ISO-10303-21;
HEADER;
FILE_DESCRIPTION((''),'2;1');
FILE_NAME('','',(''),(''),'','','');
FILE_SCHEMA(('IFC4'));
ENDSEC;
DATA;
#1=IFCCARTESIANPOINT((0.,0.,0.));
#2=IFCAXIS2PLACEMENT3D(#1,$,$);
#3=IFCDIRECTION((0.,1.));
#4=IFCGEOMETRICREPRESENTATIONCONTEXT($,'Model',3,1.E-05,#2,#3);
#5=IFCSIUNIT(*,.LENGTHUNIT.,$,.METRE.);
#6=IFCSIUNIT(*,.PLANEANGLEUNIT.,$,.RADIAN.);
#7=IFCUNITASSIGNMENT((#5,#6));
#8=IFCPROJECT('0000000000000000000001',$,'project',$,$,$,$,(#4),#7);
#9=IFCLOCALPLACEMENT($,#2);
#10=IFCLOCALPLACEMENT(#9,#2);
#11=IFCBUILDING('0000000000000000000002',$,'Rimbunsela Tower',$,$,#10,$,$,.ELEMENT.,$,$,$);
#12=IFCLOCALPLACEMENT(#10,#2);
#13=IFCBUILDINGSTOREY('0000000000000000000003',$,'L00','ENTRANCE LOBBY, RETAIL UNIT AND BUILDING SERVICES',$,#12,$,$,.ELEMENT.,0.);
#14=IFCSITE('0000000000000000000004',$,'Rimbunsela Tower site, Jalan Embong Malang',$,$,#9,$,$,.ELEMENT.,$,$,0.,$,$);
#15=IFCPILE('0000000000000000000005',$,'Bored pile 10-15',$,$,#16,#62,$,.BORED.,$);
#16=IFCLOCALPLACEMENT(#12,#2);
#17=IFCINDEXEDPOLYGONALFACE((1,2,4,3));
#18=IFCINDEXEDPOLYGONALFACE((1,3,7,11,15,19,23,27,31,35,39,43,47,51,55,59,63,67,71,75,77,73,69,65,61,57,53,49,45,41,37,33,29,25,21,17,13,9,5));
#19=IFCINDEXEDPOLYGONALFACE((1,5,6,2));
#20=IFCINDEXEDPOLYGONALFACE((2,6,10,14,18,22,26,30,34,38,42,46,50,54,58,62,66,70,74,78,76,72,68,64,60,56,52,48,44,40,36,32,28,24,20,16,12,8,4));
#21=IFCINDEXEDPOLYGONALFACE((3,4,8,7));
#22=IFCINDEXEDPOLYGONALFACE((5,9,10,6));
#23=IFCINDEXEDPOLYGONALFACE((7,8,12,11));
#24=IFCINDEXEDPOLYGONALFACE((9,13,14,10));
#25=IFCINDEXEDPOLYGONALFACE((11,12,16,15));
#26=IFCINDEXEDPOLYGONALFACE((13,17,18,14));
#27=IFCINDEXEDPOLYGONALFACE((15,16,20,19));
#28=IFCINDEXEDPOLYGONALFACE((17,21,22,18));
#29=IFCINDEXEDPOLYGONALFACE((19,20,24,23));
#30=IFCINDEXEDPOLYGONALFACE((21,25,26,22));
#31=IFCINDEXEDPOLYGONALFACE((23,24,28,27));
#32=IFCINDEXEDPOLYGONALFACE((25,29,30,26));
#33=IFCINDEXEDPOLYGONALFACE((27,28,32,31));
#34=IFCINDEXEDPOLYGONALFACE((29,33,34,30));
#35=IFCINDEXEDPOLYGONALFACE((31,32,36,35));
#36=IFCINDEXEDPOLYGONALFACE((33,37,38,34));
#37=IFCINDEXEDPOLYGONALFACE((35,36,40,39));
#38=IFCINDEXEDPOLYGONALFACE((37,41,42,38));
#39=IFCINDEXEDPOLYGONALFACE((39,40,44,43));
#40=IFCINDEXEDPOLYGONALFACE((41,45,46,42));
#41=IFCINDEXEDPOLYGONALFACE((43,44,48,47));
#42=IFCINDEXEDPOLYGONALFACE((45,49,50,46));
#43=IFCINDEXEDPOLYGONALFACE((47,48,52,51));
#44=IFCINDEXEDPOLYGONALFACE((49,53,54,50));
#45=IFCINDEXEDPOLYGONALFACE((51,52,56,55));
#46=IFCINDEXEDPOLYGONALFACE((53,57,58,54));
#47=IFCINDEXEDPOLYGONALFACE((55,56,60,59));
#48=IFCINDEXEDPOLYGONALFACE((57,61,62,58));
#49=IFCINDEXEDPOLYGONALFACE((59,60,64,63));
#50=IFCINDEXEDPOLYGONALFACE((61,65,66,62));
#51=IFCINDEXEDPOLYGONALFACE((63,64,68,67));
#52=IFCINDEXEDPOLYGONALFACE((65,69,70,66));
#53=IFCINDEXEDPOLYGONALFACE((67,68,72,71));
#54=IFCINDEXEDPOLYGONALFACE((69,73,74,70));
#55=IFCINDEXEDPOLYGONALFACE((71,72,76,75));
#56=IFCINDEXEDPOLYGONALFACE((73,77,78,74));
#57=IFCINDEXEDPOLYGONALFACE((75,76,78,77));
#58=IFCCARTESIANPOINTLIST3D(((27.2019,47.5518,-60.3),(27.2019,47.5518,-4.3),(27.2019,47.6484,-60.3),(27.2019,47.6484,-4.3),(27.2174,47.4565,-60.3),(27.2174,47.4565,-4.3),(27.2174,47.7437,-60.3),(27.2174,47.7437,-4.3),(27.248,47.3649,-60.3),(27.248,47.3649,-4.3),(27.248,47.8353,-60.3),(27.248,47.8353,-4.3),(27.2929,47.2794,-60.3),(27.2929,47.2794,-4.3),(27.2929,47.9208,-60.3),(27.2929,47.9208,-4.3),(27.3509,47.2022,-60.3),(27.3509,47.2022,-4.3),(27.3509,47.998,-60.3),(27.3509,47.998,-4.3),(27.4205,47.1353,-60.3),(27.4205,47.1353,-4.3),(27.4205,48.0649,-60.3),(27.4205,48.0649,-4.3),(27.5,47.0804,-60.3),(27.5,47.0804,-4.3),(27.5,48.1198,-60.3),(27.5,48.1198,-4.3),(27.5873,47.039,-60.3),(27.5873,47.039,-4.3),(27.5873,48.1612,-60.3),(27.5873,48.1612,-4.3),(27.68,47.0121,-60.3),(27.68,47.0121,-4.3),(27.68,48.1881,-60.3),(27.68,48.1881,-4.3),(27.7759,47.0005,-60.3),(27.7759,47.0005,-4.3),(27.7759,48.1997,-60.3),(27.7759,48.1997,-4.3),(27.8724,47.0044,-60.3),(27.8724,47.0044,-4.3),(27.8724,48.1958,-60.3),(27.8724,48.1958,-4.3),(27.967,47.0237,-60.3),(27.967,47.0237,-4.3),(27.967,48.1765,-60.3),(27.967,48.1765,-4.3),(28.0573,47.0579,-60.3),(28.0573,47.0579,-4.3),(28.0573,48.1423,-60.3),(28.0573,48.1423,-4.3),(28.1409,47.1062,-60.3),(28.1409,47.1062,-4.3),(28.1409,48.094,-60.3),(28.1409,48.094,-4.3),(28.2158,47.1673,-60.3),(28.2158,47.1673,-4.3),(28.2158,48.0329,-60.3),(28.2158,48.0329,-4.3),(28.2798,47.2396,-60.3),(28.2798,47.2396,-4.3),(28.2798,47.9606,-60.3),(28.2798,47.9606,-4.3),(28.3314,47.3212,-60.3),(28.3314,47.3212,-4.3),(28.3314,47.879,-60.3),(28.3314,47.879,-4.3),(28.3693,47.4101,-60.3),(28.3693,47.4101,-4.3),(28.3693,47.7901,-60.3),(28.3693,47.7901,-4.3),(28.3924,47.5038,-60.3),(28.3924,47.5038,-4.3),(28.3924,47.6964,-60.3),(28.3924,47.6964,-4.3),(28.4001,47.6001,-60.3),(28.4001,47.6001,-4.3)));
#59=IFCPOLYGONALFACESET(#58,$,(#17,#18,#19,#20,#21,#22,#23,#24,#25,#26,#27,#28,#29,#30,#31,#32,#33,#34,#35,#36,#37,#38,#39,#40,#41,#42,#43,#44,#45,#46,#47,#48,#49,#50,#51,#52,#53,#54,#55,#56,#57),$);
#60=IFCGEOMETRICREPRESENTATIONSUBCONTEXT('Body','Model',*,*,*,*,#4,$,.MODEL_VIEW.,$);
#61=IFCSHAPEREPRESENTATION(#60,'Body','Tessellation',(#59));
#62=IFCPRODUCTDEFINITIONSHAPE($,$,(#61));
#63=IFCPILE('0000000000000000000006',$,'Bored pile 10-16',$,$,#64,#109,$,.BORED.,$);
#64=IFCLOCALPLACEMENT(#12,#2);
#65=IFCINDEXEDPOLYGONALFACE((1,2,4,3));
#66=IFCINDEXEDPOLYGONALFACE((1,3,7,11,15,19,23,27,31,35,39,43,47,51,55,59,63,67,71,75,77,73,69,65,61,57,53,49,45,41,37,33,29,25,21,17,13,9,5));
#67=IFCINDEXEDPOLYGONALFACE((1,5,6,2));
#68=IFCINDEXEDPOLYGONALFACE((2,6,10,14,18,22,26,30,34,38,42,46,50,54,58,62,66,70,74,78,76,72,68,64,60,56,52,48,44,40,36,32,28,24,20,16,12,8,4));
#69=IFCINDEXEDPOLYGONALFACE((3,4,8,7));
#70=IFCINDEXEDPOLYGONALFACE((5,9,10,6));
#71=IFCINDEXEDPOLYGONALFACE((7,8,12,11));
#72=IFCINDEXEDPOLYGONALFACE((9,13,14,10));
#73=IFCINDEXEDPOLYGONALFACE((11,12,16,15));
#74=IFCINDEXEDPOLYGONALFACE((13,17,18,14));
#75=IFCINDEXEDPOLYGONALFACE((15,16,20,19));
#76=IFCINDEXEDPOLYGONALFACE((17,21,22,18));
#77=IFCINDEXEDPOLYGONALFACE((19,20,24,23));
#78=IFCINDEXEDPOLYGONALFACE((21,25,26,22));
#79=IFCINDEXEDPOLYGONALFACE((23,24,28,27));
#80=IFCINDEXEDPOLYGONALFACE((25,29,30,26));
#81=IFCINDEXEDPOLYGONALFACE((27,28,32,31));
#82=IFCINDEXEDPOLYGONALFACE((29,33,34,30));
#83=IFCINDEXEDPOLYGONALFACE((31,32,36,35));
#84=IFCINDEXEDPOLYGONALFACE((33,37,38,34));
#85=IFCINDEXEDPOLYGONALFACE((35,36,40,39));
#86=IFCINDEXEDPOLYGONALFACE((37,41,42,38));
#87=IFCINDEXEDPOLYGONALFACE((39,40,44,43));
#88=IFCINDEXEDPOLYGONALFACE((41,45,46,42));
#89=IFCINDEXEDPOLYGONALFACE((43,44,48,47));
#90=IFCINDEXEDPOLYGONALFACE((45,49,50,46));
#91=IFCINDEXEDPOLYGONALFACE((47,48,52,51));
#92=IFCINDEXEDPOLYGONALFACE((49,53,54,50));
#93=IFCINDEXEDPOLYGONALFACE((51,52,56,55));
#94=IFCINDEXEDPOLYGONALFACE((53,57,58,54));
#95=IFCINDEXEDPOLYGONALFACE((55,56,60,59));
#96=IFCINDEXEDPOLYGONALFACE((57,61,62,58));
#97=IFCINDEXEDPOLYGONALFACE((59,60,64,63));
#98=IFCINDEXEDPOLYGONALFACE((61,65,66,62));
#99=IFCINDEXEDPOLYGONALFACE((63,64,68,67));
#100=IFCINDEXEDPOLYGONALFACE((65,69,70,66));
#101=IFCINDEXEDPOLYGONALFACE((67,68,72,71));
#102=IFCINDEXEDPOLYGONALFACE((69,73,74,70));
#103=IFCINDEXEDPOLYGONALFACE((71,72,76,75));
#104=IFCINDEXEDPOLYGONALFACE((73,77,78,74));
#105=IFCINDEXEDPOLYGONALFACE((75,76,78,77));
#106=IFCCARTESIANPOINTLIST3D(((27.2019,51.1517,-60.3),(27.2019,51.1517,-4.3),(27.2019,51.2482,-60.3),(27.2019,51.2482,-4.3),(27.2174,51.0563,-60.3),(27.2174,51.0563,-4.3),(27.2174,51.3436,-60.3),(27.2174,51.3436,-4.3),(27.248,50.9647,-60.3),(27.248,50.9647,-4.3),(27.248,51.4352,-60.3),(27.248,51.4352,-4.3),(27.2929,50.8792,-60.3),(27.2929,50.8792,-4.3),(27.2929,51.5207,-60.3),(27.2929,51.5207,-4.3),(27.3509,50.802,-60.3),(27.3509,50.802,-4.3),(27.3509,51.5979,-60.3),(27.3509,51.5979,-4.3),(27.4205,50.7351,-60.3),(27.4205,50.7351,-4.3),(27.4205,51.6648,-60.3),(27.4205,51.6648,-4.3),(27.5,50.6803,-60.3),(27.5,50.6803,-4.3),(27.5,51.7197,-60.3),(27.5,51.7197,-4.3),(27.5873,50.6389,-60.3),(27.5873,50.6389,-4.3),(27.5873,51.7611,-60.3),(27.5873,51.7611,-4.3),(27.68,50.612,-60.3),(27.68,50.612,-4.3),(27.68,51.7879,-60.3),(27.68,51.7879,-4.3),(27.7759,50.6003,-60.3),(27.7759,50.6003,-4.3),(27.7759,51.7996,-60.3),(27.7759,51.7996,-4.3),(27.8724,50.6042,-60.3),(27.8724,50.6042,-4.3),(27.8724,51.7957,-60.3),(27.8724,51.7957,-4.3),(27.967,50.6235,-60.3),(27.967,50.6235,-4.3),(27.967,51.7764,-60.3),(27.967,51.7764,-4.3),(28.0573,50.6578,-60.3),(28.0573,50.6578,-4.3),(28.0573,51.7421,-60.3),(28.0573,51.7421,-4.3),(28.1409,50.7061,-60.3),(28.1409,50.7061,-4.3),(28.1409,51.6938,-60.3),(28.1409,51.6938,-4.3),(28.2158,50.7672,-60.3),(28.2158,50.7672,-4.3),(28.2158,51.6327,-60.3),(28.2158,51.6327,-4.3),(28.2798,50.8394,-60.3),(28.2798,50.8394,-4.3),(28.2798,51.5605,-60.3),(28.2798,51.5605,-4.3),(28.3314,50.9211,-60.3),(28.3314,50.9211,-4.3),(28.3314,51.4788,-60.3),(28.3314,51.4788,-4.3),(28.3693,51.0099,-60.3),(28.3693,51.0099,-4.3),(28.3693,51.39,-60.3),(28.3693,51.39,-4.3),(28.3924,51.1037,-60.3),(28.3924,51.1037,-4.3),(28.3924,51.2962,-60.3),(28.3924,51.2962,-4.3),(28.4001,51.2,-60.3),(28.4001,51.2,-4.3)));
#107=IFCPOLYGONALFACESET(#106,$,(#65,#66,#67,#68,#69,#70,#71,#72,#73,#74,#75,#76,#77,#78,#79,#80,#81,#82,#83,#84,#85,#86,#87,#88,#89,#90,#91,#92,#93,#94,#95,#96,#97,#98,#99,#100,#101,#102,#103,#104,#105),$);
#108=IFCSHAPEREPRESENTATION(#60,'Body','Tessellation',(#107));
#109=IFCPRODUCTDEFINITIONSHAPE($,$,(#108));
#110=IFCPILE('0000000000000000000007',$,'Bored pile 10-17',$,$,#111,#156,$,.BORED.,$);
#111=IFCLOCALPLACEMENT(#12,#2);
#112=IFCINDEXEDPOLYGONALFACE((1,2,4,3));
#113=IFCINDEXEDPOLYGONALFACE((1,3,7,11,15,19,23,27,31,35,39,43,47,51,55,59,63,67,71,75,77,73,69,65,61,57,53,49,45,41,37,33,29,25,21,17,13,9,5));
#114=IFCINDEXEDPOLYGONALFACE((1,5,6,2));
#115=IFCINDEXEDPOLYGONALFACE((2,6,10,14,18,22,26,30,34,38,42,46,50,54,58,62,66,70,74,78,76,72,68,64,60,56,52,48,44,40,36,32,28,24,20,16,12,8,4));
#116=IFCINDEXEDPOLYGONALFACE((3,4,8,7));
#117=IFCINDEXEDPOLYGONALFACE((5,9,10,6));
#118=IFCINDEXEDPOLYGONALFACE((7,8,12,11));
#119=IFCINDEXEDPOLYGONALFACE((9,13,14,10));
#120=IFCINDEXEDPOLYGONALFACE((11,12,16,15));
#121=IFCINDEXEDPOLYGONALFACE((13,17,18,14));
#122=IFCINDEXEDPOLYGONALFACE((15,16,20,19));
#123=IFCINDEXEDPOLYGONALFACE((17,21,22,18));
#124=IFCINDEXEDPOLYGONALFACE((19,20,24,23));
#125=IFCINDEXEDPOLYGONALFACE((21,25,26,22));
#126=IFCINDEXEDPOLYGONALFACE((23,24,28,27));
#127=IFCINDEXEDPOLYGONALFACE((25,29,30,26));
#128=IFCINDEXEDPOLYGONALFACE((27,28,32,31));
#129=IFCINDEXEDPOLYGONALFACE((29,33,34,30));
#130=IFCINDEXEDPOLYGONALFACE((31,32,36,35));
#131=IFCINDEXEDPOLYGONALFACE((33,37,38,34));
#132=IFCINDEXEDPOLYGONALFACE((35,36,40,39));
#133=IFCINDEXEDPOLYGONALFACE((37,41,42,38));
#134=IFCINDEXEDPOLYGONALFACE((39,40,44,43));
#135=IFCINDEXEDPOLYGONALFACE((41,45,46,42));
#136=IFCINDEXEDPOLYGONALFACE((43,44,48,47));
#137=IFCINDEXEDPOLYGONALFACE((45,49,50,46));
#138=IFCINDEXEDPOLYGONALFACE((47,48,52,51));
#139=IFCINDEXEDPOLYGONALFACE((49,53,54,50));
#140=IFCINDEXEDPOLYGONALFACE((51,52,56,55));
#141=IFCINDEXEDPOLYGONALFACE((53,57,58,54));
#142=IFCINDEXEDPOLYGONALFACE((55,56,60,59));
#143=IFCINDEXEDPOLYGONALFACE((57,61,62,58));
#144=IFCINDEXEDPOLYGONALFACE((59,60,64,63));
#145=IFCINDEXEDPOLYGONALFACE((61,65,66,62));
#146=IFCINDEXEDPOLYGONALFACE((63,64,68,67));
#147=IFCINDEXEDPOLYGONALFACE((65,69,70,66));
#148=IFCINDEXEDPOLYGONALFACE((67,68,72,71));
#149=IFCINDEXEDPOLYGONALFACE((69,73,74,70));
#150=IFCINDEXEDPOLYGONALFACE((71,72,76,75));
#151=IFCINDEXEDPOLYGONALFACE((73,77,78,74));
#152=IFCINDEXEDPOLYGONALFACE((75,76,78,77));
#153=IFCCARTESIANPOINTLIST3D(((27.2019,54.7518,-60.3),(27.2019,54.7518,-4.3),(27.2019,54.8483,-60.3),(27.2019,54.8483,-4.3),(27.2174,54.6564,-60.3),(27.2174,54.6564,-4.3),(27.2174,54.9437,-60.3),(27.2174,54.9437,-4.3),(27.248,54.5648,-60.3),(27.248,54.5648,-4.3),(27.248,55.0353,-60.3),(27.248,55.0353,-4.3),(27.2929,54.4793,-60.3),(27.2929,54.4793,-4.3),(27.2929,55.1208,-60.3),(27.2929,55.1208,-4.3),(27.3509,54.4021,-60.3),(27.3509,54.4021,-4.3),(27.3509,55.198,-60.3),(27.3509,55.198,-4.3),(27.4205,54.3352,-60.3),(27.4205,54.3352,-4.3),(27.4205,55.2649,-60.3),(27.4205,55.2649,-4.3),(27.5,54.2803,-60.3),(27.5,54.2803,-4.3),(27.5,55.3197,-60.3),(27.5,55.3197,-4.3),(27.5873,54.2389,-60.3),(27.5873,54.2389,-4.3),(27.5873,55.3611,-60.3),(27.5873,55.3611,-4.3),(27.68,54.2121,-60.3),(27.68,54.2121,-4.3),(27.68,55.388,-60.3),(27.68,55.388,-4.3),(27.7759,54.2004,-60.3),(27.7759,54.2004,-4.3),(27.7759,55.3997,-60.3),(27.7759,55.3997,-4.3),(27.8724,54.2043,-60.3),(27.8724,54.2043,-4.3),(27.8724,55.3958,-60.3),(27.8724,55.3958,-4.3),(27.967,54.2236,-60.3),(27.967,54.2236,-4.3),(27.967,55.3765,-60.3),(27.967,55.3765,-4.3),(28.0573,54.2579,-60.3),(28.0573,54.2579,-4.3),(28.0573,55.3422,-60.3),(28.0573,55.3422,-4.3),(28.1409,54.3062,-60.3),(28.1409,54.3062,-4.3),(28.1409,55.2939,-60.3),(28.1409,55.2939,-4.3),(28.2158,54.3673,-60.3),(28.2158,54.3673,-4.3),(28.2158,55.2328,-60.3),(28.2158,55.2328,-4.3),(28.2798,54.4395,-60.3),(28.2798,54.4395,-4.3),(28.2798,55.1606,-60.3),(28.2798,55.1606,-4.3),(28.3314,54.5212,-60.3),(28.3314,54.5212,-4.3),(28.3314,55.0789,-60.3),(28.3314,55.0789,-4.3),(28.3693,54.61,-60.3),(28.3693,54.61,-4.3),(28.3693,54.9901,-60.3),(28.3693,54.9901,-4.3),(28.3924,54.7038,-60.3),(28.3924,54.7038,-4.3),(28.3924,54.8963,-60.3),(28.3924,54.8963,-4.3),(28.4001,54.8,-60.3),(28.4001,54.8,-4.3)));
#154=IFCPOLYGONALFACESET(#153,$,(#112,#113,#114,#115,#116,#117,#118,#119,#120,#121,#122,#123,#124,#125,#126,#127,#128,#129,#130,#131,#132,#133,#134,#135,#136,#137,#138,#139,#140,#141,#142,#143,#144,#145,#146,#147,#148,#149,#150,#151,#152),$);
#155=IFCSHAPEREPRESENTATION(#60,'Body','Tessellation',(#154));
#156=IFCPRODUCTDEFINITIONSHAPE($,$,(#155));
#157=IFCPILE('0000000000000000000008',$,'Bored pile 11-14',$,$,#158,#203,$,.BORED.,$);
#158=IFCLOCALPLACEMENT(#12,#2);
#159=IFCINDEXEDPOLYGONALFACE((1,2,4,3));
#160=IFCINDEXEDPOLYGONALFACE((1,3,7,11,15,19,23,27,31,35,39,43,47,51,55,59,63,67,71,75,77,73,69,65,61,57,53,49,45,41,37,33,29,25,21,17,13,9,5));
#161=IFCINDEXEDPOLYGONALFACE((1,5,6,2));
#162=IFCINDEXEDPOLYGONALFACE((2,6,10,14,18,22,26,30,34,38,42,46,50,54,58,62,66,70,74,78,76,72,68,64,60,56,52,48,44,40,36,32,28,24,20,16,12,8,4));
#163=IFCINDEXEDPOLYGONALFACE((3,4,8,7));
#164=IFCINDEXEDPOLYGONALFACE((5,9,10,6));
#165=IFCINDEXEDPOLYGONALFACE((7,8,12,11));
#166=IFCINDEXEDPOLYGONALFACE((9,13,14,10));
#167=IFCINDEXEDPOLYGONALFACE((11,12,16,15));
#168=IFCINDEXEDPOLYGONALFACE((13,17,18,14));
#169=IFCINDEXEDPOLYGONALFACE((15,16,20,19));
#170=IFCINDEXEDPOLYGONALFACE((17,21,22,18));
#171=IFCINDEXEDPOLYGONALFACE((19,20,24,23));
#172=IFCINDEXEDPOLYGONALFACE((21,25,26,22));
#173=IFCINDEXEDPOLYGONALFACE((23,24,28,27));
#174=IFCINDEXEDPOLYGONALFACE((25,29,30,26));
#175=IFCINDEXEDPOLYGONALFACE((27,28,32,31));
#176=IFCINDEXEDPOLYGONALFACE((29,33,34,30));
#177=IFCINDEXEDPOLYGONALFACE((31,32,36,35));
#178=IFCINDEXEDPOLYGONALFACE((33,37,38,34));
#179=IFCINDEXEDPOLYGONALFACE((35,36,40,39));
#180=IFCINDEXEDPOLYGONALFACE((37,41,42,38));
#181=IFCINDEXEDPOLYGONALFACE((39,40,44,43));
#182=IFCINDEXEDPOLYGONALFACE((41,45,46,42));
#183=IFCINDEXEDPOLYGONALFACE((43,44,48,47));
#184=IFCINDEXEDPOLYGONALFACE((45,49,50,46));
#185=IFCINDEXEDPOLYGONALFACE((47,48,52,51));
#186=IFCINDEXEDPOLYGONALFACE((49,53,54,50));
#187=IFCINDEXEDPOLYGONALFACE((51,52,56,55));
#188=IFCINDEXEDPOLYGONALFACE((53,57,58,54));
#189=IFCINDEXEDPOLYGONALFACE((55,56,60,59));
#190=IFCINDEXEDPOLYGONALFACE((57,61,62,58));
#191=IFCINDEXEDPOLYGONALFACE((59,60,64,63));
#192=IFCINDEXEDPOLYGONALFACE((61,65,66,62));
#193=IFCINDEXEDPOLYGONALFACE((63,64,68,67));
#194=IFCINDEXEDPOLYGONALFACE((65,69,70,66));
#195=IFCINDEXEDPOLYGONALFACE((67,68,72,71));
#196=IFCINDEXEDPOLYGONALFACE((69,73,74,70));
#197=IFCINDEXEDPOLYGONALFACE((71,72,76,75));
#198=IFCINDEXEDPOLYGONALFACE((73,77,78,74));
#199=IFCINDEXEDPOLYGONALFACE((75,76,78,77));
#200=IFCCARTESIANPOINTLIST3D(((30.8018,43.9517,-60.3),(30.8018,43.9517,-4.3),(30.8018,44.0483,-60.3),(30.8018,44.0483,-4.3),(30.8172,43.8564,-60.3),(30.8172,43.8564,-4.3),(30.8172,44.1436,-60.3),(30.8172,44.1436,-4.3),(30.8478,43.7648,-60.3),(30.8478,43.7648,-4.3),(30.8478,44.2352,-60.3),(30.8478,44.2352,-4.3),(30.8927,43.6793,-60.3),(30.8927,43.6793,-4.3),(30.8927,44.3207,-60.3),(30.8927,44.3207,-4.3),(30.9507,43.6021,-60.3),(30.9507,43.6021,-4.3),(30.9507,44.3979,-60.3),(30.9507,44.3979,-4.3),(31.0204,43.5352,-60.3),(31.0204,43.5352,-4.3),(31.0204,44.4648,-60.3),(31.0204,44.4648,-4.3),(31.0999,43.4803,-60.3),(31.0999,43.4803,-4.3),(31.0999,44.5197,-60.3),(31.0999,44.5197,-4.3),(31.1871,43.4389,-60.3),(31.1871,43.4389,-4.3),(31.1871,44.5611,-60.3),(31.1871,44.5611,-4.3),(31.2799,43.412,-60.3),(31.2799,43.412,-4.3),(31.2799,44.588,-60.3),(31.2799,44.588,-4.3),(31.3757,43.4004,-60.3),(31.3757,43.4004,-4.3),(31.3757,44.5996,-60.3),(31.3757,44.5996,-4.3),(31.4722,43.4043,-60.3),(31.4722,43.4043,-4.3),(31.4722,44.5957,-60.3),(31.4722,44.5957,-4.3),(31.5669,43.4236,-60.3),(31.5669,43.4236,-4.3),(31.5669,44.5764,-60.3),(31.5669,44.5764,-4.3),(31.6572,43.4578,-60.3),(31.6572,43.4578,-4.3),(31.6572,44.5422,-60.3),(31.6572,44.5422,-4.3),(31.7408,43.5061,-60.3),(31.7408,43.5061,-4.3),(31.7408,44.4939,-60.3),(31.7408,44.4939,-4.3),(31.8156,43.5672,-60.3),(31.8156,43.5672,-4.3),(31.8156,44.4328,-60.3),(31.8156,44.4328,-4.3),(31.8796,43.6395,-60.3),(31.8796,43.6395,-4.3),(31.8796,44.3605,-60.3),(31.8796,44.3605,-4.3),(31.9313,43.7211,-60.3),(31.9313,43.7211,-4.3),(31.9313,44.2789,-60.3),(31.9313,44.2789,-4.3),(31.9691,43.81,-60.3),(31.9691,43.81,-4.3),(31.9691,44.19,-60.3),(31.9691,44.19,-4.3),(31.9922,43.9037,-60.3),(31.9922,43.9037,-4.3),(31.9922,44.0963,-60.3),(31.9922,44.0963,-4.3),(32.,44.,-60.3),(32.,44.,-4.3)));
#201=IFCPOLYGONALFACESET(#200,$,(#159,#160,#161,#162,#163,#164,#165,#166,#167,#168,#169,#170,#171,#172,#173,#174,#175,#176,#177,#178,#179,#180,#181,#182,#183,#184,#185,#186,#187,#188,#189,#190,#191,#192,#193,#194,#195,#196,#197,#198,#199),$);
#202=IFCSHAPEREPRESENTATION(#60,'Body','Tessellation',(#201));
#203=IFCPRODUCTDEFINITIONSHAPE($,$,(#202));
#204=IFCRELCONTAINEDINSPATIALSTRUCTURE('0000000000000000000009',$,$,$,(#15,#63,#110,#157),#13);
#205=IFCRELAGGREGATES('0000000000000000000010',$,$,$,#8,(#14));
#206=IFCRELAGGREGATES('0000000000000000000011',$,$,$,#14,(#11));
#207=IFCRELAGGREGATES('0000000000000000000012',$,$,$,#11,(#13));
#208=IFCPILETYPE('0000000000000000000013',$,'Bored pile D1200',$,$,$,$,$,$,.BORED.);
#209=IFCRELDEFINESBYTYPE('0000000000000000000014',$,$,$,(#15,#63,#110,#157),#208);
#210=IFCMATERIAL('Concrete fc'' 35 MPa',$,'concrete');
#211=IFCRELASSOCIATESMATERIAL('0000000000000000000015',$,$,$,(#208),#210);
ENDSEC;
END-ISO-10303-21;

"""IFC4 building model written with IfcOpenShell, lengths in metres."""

from ifc_helpers import new_model, si_unit, direction, frame, origin, origin_2d, place, context, subcontext, project, spatial, circle, extrude, material, material_profile, profile_set, type_object, element, save


model = new_model("IFC4")

# Units and contexts
model_context = context("Model", 3, precision=1e-05, world=origin(), true_north=direction((0.0, 1.0)))
body_context = subcontext(model_context, "Body", "Model", "MODEL_VIEW")
ifc_project = project(units=[si_unit("LENGTHUNIT", "METRE"), si_unit("PLANEANGLEUNIT", "RADIAN")], contexts=[model_context])

# Site, building, storey
site_placement = place(None, origin())
site = spatial("IfcSite", under=ifc_project, at=site_placement, Name="Rimbunsela Tower site, Jalan Embong Malang", CompositionType="ELEMENT", RefElevation=0.0)
building_placement = place(site_placement, origin())
building = spatial("IfcBuilding", under=site, at=building_placement, Name="Rimbunsela Tower", CompositionType="ELEMENT")
storey_placement = place(building_placement, origin())
storey = spatial("IfcBuildingStorey", under=building, at=storey_placement, Name="L00", Description="ENTRANCE LOBBY, RETAIL UNIT AND BUILDING SERVICES", CompositionType="ELEMENT", Elevation=0.0)

# Piles
ifc_material_1 = material(Name="Concrete fc' 35 MPa", Category="concrete")
ifc_material_profile_1 = material_profile(ifc_material_1, circle(Radius=0.6001, at=origin_2d()), Name="BP D1200")
ifc_profile_set_1 = profile_set([ifc_material_profile_1], Name="Concrete fc' 35 MPa")
pile_type = type_object("IfcPileType", Name="Bored pile D1200", PredefinedType="BORED", material=ifc_profile_set_1)
for number, where, z_axis, x_axis, name in (
    (1, (27.8, 47.6001, -4.3), (0.0, 0.0, -1.0), (1.0, 0.0, 0.0), "Bored pile 10-15"),
    (2, (27.8, 51.2, -4.3), (0.0, 0.0, -1.0), (1.0, 0.0, 0.0), "Bored pile 10-16"),
    (3, (27.8, 54.8, -4.3), (0.0, 0.0, -1.0), (1.0, 0.0, 0.0), "Bored pile 10-17"),
    (4, (31.3999, 44.0, -4.3), (0.0, 0.0, -1.0), (1.0, 0.0, 0.0), "Bored pile 11-14"),
):
    element("IfcPile", number, at=place(storey_placement, frame(where, z_axis=z_axis, x_axis=x_axis)), inside=storey, type_object=pile_type, Name=name, PredefinedType="BORED", context=body_context, shape_type="SweptSolid", body=[
        extrude(circle(Radius=0.6001, at=origin_2d()), origin(), (0.0, 0.0, 1.0), 56.0),
    ])

save(model, "model.ifc")
